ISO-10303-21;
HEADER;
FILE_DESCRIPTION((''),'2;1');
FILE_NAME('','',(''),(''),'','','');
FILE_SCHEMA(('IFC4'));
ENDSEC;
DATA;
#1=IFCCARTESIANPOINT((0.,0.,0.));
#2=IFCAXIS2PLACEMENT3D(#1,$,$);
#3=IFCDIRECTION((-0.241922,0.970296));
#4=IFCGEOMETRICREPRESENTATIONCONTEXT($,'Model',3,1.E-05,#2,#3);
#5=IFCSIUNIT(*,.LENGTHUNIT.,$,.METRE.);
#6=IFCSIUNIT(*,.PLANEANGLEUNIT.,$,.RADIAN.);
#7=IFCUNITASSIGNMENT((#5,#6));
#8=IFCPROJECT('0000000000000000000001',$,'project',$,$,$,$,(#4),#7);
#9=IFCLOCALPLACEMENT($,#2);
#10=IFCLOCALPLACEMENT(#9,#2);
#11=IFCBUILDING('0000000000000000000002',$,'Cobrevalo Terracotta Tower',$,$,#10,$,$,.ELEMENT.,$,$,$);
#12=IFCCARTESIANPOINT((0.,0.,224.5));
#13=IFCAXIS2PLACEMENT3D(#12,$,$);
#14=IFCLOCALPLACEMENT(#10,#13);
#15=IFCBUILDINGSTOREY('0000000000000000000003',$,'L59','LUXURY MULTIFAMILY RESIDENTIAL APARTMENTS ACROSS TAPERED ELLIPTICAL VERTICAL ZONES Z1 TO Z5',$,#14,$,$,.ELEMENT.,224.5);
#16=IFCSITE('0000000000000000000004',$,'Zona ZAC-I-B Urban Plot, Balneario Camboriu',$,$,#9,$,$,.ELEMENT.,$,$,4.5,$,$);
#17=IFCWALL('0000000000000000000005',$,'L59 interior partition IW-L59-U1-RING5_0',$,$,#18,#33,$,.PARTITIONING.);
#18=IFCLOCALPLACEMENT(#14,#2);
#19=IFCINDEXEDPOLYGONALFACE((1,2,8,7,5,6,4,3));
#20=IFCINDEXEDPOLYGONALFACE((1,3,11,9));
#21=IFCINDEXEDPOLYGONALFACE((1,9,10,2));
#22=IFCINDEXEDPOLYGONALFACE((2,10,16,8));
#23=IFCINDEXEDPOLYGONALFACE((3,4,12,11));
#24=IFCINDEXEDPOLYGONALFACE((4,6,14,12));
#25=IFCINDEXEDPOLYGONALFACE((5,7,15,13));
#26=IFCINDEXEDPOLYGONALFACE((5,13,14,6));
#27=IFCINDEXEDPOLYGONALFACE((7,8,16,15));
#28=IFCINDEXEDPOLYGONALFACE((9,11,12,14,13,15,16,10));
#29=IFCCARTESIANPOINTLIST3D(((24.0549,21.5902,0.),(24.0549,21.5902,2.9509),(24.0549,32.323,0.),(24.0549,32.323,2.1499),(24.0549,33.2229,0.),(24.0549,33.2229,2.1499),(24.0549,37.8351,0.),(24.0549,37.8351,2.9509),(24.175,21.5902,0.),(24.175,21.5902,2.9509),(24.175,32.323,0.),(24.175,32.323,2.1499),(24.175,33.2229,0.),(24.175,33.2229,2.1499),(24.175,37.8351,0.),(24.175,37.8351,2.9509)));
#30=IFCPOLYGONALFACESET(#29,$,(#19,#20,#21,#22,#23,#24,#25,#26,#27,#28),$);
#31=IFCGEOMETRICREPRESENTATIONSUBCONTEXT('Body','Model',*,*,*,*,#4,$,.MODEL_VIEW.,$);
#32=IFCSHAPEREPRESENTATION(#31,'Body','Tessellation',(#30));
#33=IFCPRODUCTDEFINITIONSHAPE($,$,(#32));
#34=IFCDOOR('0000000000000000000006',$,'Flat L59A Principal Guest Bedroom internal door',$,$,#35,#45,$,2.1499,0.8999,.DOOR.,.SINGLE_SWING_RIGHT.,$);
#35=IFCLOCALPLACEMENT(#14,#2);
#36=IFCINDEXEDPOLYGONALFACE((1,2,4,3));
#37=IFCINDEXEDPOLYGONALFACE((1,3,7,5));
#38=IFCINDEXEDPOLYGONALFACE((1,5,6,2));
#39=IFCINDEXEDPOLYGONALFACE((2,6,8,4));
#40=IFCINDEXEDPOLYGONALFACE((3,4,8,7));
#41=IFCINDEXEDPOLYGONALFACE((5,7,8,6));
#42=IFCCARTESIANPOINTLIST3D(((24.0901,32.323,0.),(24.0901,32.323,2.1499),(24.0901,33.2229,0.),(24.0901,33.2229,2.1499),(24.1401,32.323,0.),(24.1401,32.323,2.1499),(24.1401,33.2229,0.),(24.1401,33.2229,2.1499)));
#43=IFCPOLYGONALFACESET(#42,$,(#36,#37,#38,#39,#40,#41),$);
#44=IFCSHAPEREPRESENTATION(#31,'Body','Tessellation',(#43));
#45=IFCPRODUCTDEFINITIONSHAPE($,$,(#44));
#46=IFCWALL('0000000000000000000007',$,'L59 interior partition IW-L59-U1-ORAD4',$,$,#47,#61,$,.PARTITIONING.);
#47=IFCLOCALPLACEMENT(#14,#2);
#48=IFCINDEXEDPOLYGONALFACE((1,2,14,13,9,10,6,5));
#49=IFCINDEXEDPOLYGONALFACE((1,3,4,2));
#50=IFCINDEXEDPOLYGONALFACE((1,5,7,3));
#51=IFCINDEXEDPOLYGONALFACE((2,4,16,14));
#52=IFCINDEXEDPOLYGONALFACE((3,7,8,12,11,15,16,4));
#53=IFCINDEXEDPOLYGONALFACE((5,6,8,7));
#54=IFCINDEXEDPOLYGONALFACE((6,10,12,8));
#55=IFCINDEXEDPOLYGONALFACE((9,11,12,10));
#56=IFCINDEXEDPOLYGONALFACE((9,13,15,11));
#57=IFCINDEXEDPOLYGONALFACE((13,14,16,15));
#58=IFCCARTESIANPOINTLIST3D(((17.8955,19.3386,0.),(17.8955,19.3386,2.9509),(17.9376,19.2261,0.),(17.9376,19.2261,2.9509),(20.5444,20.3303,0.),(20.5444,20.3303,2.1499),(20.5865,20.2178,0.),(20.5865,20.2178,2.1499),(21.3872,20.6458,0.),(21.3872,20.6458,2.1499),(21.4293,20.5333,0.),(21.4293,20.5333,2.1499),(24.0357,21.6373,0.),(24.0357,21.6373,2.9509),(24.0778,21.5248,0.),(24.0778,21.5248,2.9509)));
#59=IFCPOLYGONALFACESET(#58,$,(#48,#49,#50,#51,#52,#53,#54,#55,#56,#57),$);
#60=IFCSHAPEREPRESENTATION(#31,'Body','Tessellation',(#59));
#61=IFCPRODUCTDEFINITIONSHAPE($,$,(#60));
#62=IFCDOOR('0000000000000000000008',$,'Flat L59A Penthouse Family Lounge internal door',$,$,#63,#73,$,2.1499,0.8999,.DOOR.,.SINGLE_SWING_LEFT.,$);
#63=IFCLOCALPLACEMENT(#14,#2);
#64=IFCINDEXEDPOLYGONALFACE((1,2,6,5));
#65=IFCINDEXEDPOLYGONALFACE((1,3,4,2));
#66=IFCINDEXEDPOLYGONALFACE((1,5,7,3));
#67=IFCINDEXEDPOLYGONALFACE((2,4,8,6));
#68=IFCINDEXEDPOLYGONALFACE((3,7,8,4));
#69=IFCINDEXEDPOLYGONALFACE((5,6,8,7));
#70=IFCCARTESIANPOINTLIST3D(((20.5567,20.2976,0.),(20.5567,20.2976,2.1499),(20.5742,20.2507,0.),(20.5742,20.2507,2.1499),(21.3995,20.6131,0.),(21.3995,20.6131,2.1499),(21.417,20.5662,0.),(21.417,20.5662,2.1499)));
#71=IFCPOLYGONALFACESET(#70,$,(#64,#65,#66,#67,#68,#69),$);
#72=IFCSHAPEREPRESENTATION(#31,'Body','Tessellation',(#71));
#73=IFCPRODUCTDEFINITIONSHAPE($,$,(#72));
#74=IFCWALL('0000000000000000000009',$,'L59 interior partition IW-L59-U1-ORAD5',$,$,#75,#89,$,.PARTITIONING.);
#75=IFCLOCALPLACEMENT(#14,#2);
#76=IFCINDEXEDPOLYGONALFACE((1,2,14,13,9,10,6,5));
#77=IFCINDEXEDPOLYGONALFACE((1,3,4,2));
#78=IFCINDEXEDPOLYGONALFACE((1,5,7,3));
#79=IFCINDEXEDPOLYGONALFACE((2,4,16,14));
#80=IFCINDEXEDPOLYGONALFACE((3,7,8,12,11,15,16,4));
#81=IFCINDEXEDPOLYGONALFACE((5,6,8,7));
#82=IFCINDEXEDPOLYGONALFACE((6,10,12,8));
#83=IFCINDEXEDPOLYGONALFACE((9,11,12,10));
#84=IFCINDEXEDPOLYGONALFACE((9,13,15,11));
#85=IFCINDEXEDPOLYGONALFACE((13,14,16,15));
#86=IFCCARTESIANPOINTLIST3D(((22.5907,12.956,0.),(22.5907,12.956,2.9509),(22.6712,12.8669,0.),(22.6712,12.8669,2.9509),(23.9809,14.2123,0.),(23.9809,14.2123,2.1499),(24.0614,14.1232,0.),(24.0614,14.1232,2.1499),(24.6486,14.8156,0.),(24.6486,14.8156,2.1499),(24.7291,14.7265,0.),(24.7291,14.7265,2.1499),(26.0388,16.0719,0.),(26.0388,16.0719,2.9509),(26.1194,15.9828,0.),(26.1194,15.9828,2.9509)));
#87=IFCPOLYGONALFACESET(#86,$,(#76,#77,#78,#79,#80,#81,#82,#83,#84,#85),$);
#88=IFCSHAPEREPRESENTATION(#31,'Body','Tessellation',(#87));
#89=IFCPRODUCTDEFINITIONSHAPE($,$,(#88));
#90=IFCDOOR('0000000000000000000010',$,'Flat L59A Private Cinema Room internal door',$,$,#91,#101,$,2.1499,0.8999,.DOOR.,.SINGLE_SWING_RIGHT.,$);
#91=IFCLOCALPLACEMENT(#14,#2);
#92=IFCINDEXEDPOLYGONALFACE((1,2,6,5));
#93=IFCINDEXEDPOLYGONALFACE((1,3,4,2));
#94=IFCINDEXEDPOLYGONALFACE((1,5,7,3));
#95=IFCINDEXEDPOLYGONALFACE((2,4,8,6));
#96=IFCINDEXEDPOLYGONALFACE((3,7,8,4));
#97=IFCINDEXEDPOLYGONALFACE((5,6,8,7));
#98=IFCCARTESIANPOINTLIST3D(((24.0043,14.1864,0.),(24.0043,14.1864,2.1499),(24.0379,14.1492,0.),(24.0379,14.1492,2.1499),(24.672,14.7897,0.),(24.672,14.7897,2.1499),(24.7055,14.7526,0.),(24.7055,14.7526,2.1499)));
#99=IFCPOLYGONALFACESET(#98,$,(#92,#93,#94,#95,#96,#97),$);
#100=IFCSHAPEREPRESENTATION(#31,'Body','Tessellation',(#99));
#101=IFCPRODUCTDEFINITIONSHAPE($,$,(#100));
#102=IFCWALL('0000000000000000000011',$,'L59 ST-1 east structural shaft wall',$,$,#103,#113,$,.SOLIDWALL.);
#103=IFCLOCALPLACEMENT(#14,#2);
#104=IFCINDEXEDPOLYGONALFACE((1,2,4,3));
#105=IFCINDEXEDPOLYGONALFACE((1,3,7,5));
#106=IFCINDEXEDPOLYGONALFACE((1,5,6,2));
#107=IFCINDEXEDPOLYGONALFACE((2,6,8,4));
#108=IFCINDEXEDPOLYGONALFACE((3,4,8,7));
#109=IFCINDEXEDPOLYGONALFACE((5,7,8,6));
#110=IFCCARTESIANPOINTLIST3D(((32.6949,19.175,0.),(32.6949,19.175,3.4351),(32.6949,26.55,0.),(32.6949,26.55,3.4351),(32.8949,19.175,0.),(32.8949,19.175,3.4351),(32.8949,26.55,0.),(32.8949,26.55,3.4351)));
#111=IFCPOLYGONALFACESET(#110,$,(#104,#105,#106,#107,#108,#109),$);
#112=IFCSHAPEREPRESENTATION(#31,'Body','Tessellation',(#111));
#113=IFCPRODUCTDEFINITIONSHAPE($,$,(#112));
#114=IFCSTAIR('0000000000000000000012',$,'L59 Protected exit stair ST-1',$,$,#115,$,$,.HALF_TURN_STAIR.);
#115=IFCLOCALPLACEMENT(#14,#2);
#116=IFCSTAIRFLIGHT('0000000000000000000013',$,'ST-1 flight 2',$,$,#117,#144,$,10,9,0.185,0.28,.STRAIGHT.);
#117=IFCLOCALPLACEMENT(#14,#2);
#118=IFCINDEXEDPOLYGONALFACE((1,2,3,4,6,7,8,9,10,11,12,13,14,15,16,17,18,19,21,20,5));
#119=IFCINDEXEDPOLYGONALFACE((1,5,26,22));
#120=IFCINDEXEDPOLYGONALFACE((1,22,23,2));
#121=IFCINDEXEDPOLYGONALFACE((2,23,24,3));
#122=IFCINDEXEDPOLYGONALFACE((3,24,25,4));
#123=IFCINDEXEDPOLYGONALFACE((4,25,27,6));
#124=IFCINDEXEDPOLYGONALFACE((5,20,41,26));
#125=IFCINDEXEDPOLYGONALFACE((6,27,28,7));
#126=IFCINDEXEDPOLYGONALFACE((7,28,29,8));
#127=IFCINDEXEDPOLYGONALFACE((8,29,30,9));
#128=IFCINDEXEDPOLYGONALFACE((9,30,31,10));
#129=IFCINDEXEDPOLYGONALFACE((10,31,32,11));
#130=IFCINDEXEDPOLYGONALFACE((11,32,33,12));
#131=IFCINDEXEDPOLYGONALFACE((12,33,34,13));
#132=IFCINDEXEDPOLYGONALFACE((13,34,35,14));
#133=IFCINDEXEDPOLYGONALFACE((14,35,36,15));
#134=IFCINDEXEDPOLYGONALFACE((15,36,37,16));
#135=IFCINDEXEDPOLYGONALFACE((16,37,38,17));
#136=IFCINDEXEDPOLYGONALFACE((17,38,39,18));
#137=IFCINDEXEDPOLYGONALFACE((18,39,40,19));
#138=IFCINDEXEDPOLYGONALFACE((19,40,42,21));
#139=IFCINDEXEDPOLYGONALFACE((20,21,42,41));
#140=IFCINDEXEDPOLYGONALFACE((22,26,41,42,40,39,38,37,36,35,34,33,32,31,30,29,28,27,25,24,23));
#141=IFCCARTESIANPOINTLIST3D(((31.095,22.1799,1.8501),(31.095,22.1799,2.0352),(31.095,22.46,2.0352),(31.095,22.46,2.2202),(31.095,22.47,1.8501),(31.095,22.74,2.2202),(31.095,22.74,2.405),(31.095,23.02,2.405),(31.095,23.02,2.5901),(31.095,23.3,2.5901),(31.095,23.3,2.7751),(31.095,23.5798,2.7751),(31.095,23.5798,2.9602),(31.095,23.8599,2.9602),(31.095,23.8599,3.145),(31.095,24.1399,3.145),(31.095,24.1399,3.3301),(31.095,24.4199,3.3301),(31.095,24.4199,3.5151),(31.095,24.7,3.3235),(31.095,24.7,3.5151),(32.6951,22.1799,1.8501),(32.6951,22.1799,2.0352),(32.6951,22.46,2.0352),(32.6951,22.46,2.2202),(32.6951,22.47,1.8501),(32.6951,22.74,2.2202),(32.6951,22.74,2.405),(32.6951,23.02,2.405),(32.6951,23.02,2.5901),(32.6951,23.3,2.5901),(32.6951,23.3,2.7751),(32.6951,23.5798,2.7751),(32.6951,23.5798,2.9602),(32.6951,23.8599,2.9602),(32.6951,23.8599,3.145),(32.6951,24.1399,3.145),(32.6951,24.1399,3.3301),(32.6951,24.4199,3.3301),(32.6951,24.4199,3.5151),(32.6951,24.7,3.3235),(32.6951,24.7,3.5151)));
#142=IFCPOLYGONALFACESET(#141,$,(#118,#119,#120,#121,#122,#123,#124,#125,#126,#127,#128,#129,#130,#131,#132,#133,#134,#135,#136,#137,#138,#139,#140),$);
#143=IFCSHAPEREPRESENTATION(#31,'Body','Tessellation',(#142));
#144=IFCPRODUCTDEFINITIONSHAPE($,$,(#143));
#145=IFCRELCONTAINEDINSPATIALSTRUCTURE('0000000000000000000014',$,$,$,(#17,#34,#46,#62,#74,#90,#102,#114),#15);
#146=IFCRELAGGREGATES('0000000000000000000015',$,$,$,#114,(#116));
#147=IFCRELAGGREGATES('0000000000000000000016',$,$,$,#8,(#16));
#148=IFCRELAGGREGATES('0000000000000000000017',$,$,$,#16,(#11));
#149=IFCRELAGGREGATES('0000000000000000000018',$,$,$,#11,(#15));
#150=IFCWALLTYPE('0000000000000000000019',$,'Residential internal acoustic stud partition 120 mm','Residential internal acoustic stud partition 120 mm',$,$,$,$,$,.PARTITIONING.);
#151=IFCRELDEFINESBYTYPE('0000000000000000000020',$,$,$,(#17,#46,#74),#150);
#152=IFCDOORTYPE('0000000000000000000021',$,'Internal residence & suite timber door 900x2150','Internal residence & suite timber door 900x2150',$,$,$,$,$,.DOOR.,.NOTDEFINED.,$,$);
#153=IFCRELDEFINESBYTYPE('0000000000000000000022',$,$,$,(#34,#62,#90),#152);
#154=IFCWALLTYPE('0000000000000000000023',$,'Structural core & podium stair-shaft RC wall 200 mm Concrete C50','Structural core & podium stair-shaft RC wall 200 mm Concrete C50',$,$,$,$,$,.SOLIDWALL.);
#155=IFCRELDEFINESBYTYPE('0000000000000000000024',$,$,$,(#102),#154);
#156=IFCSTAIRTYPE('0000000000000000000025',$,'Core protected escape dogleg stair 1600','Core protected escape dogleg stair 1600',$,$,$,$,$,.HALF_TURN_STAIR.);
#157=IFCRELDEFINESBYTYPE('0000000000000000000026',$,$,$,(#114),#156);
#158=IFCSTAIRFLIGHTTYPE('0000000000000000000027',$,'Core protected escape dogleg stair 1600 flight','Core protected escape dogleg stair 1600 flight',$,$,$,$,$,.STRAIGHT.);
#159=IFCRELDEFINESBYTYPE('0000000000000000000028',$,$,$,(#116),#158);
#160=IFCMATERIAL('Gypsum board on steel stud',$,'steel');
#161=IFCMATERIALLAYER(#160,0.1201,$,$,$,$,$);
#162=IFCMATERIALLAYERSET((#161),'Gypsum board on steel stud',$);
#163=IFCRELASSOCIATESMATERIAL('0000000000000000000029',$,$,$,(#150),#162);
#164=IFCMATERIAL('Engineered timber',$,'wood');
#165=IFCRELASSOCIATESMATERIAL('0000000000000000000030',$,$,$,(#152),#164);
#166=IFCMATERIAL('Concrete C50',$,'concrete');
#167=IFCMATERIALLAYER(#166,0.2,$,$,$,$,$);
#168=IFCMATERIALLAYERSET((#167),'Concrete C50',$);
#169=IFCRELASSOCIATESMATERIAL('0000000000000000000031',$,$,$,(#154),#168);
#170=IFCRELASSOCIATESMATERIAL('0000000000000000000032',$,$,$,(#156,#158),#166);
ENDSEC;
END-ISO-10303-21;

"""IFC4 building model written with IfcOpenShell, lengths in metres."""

from ifc_helpers import new_model, si_unit, direction, frame, frame_2d, origin, place, context, subcontext, project, spatial, polyline, rectangle, outline, extrude, source, transform, mapped, material, layer, layer_set, type_object, element, fill, aggregate, save


model = new_model("IFC4")

# Units and contexts
model_context = context("Model", 3, precision=1e-05, world=origin(), true_north=direction((-0.241922, 0.970296)))
body_context = subcontext(model_context, "Body", "Model", "MODEL_VIEW")
ifc_project = project(units=[si_unit("LENGTHUNIT", "METRE"), si_unit("PLANEANGLEUNIT", "RADIAN")], contexts=[model_context])

# Site, building, storey
site_placement = place(None, origin())
site = spatial("IfcSite", under=ifc_project, at=site_placement, Name="Zona ZAC-I-B Urban Plot, Balneario Camboriu", CompositionType="ELEMENT", RefElevation=4.5)
building_placement = place(site_placement, origin())
building = spatial("IfcBuilding", under=site, at=building_placement, Name="Cobrevalo Terracotta Tower", CompositionType="ELEMENT")
storey_placement = place(building_placement, frame((0.0, 0.0, 224.5)))
storey = spatial("IfcBuildingStorey", under=building, at=storey_placement, Name="L59", Description="LUXURY MULTIFAMILY RESIDENTIAL APARTMENTS ACROSS TAPERED ELLIPTICAL VERTICAL ZONES Z1 TO Z5", CompositionType="ELEMENT", Elevation=224.5)

# Shared definitions
ifc_material_1 = material(Name="Concrete C50", Category="concrete")

# Shared definitions
ifc_material_2 = material(Name="Gypsum board on steel stud", Category="steel")
ifc_layer_1 = layer(ifc_material_2, 0.1201)
ifc_layer_set_1 = layer_set([ifc_layer_1], Name="Gypsum board on steel stud")
wall_type_1 = type_object("IfcWallType", Name="Residential internal acoustic stud partition 120 mm", Description="Residential internal acoustic stud partition 120 mm", PredefinedType="PARTITIONING", material=ifc_layer_set_1)

# Walls, openings, doors
wall_1_placement = place(storey_placement, frame((24.115, 21.5901, 0.0), z_axis=(0.0, 0.0, 1.0), x_axis=(0.0, 1.0, 0.0)))
wall_1 = element("IfcWall", 1, at=wall_1_placement, inside=storey, type_object=wall_type_1, Name="L59 interior partition IW-L59-U1-RING5_0", PredefinedType="PARTITIONING", context=body_context, shape_type="SweptSolid", body=[
    extrude(rectangle(XDim=16.2449, YDim=0.1201, at=frame_2d((8.1226, 0.0))), origin(), (0.0, 0.0, 1.0), 2.9509),
])
opening_1_placement = place(wall_1_placement, frame((10.7329, 0.0, 0.0)))
opening_1 = element("IfcOpeningElement", 2, at=opening_1_placement, cuts=wall_1, PredefinedType="OPENING", context=body_context, shape_type="SweptSolid", body=[
    extrude(rectangle(XDim=0.8999, YDim=2.1499, at=frame_2d((0.45, 1.075))), frame((0.0, 0.0701, 0.0), z_axis=(0.0, -1.0, 0.0), x_axis=(1.0, 0.0, 0.0)), (0.0, 0.0, 1.0), 0.1401),
])
ifc_material_3 = material(Name="Engineered timber", Category="wood")
door_type_1 = type_object("IfcDoorType", Name="Internal residence & suite timber door 900x2150", Description="Internal residence & suite timber door 900x2150", OperationType="NOTDEFINED", PredefinedType="DOOR", material=ifc_material_3)
shared_shape_1 = source(origin(), body_context, "Body", "SweptSolid", [
    extrude(rectangle(XDim=0.8999, YDim=2.1499, at=frame_2d((0.45, 1.075))), frame((0.0, 0.0249, 0.0), z_axis=(0.0, -1.0, 0.0), x_axis=(1.0, 0.0, 0.0)), (0.0, 0.0, 1.0), 0.05),
])
door_1_placement = place(opening_1_placement, origin())
door_1 = element("IfcDoor", 3, at=door_1_placement, inside=storey, type_object=door_type_1, Name="Flat L59A Principal Guest Bedroom internal door", OperationType="SINGLE_SWING_RIGHT", OverallHeight=2.1499, OverallWidth=0.8999, PredefinedType="DOOR", context=body_context, shape_type="MappedRepresentation", body=[
    mapped(shared_shape_1, transform((0.0, 0.0, 0.0), scale=1.0)),
])
fill(opening_1, door_1)
wall_2_placement = place(storey_placement, frame((24.0569, 21.5811, 0.0), z_axis=(0.0, 0.0, 1.0), x_axis=(-0.936528, -0.350593, 0.0)))
wall_2 = element("IfcWall", 4, at=wall_2_placement, inside=storey, type_object=wall_type_1, Name="L59 interior partition IW-L59-U1-ORAD4", PredefinedType="PARTITIONING", context=body_context, shape_type="SweptSolid", body=[
    extrude(rectangle(XDim=6.5564, YDim=0.1201, at=frame_2d((3.2783, 0.0))), origin(), (0.0, 0.0, 1.0), 2.9509),
])
opening_2_placement = place(wall_2_placement, frame((2.8281, 0.0, 0.0)))
opening_2 = element("IfcOpeningElement", 5, at=opening_2_placement, cuts=wall_2, PredefinedType="OPENING", context=body_context, shape_type="SweptSolid", body=[
    extrude(rectangle(XDim=0.8999, YDim=2.1499, at=frame_2d((0.45, 1.075))), frame((0.0, 0.0701, 0.0), z_axis=(0.0, -1.0, 0.0), x_axis=(1.0, 0.0, 0.0)), (0.0, 0.0, 1.0), 0.1401),
])
door_2_placement = place(opening_2_placement, origin())
door_2 = element("IfcDoor", 6, at=door_2_placement, inside=storey, type_object=door_type_1, Name="Flat L59A Penthouse Family Lounge internal door", OperationType="SINGLE_SWING_LEFT", OverallHeight=2.1499, OverallWidth=0.8999, PredefinedType="DOOR", context=body_context, shape_type="MappedRepresentation", body=[
    mapped(shared_shape_1, transform((0.0, 0.0, 0.0), scale=1.0)),
])
fill(opening_2, door_2)
wall_3_placement = place(storey_placement, frame((26.0791, 16.0273, 0.0), z_axis=(0.0, 0.0, 1.0), x_axis=(-0.74195, -0.670455, 0.0)))
wall_3 = element("IfcWall", 7, at=wall_3_placement, inside=storey, type_object=wall_type_1, Name="L59 interior partition IW-L59-U1-ORAD5", PredefinedType="PARTITIONING", context=body_context, shape_type="SweptSolid", body=[
    extrude(rectangle(XDim=4.6475, YDim=0.1201, at=frame_2d((2.3237, 0.0))), origin(), (0.0, 0.0, 1.0), 2.9509),
])
opening_3_placement = place(wall_3_placement, frame((1.8738, 0.0, 0.0)))
opening_3 = element("IfcOpeningElement", 8, at=opening_3_placement, cuts=wall_3, PredefinedType="OPENING", context=body_context, shape_type="SweptSolid", body=[
    extrude(rectangle(XDim=0.8999, YDim=2.1499, at=frame_2d((0.45, 1.075))), frame((0.0, 0.0701, 0.0), z_axis=(0.0, -1.0, 0.0), x_axis=(1.0, 0.0, 0.0)), (0.0, 0.0, 1.0), 0.1401),
])
door_3_placement = place(opening_3_placement, origin())
door_3 = element("IfcDoor", 9, at=door_3_placement, inside=storey, type_object=door_type_1, Name="Flat L59A Private Cinema Room internal door", OperationType="SINGLE_SWING_RIGHT", OverallHeight=2.1499, OverallWidth=0.8999, PredefinedType="DOOR", context=body_context, shape_type="MappedRepresentation", body=[
    mapped(shared_shape_1, transform((0.0, 0.0, 0.0), scale=1.0)),
])
fill(opening_3, door_3)

# Wall
ifc_layer_2 = layer(ifc_material_1, 0.2)
ifc_layer_set_2 = layer_set([ifc_layer_2], Name="Concrete C50")
wall_type_2 = type_object("IfcWallType", Name="Structural core & podium stair-shaft RC wall 200 mm Concrete C50", Description="Structural core & podium stair-shaft RC wall 200 mm Concrete C50", PredefinedType="SOLIDWALL", material=ifc_layer_set_2)
wall_4_placement = place(storey_placement, frame((32.7949, 19.175, 0.0), z_axis=(0.0, 0.0, 1.0), x_axis=(0.0, 1.0, 0.0)))
element("IfcWall", 10, at=wall_4_placement, inside=storey, type_object=wall_type_2, Name="L59 ST-1 east structural shaft wall", PredefinedType="SOLIDWALL", context=body_context, shape_type="SweptSolid", body=[
    extrude(rectangle(XDim=7.375, YDim=0.2, at=frame_2d((3.6875, 0.0))), origin(), (0.0, 0.0, 1.0), 3.4351),
])

# Stair, stair flight
stair_type = type_object("IfcStairType", Name="Core protected escape dogleg stair 1600", Description="Core protected escape dogleg stair 1600", PredefinedType="HALF_TURN_STAIR", material=ifc_material_1)
stair_placement = place(storey_placement, origin())
stair = element("IfcStair", 11, at=stair_placement, inside=storey, type_object=stair_type, Name="L59 Protected exit stair ST-1", PredefinedType="HALF_TURN_STAIR")
stair_flight_type = type_object("IfcStairFlightType", Name="Core protected escape dogleg stair 1600 flight", Description="Core protected escape dogleg stair 1600 flight", PredefinedType="STRAIGHT", material=ifc_material_1)
stair_flight_placement = place(storey_placement, frame((31.895, 22.1799, 1.8501), z_axis=(0.0, 0.0, 1.0), x_axis=(0.0, 1.0, 0.0)))
stair_flight = element("IfcStairFlight", 12, at=stair_flight_placement, type_object=stair_flight_type, Name="ST-1 flight 2", NumberOfRisers=10, NumberOfTreads=9, PredefinedType="STRAIGHT", RiserHeight=0.185, TreadLength=0.28, context=body_context, shape_type="SweptSolid", body=[
    extrude(outline(polyline([(0.0, 0.0), (0.0, 0.1851), (0.28, 0.1851), (0.28, 0.3701), (0.5601, 0.3701), (0.5601, 0.5549), (0.8401, 0.5549), (0.8401, 0.74), (1.1201, 0.74), (1.1201, 0.925), (1.3999, 0.925), (1.3999, 1.1101), (1.6799, 1.1101), (1.6799, 1.2949), (1.96, 1.2949), (1.96, 1.48), (2.24, 1.48), (2.24, 1.665), (2.52, 1.665), (2.52, 1.8501), (2.52, 1.4734), (0.29, 0.0), (0.0, 0.0)])), frame((0.0, 0.8, 0.0), z_axis=(0.0, -1.0, 0.0), x_axis=(1.0, 0.0, 0.0)), (0.0, 0.0, 1.0), 1.6001),
])
aggregate(stair, [stair_flight])

save(model, "model.ifc")
